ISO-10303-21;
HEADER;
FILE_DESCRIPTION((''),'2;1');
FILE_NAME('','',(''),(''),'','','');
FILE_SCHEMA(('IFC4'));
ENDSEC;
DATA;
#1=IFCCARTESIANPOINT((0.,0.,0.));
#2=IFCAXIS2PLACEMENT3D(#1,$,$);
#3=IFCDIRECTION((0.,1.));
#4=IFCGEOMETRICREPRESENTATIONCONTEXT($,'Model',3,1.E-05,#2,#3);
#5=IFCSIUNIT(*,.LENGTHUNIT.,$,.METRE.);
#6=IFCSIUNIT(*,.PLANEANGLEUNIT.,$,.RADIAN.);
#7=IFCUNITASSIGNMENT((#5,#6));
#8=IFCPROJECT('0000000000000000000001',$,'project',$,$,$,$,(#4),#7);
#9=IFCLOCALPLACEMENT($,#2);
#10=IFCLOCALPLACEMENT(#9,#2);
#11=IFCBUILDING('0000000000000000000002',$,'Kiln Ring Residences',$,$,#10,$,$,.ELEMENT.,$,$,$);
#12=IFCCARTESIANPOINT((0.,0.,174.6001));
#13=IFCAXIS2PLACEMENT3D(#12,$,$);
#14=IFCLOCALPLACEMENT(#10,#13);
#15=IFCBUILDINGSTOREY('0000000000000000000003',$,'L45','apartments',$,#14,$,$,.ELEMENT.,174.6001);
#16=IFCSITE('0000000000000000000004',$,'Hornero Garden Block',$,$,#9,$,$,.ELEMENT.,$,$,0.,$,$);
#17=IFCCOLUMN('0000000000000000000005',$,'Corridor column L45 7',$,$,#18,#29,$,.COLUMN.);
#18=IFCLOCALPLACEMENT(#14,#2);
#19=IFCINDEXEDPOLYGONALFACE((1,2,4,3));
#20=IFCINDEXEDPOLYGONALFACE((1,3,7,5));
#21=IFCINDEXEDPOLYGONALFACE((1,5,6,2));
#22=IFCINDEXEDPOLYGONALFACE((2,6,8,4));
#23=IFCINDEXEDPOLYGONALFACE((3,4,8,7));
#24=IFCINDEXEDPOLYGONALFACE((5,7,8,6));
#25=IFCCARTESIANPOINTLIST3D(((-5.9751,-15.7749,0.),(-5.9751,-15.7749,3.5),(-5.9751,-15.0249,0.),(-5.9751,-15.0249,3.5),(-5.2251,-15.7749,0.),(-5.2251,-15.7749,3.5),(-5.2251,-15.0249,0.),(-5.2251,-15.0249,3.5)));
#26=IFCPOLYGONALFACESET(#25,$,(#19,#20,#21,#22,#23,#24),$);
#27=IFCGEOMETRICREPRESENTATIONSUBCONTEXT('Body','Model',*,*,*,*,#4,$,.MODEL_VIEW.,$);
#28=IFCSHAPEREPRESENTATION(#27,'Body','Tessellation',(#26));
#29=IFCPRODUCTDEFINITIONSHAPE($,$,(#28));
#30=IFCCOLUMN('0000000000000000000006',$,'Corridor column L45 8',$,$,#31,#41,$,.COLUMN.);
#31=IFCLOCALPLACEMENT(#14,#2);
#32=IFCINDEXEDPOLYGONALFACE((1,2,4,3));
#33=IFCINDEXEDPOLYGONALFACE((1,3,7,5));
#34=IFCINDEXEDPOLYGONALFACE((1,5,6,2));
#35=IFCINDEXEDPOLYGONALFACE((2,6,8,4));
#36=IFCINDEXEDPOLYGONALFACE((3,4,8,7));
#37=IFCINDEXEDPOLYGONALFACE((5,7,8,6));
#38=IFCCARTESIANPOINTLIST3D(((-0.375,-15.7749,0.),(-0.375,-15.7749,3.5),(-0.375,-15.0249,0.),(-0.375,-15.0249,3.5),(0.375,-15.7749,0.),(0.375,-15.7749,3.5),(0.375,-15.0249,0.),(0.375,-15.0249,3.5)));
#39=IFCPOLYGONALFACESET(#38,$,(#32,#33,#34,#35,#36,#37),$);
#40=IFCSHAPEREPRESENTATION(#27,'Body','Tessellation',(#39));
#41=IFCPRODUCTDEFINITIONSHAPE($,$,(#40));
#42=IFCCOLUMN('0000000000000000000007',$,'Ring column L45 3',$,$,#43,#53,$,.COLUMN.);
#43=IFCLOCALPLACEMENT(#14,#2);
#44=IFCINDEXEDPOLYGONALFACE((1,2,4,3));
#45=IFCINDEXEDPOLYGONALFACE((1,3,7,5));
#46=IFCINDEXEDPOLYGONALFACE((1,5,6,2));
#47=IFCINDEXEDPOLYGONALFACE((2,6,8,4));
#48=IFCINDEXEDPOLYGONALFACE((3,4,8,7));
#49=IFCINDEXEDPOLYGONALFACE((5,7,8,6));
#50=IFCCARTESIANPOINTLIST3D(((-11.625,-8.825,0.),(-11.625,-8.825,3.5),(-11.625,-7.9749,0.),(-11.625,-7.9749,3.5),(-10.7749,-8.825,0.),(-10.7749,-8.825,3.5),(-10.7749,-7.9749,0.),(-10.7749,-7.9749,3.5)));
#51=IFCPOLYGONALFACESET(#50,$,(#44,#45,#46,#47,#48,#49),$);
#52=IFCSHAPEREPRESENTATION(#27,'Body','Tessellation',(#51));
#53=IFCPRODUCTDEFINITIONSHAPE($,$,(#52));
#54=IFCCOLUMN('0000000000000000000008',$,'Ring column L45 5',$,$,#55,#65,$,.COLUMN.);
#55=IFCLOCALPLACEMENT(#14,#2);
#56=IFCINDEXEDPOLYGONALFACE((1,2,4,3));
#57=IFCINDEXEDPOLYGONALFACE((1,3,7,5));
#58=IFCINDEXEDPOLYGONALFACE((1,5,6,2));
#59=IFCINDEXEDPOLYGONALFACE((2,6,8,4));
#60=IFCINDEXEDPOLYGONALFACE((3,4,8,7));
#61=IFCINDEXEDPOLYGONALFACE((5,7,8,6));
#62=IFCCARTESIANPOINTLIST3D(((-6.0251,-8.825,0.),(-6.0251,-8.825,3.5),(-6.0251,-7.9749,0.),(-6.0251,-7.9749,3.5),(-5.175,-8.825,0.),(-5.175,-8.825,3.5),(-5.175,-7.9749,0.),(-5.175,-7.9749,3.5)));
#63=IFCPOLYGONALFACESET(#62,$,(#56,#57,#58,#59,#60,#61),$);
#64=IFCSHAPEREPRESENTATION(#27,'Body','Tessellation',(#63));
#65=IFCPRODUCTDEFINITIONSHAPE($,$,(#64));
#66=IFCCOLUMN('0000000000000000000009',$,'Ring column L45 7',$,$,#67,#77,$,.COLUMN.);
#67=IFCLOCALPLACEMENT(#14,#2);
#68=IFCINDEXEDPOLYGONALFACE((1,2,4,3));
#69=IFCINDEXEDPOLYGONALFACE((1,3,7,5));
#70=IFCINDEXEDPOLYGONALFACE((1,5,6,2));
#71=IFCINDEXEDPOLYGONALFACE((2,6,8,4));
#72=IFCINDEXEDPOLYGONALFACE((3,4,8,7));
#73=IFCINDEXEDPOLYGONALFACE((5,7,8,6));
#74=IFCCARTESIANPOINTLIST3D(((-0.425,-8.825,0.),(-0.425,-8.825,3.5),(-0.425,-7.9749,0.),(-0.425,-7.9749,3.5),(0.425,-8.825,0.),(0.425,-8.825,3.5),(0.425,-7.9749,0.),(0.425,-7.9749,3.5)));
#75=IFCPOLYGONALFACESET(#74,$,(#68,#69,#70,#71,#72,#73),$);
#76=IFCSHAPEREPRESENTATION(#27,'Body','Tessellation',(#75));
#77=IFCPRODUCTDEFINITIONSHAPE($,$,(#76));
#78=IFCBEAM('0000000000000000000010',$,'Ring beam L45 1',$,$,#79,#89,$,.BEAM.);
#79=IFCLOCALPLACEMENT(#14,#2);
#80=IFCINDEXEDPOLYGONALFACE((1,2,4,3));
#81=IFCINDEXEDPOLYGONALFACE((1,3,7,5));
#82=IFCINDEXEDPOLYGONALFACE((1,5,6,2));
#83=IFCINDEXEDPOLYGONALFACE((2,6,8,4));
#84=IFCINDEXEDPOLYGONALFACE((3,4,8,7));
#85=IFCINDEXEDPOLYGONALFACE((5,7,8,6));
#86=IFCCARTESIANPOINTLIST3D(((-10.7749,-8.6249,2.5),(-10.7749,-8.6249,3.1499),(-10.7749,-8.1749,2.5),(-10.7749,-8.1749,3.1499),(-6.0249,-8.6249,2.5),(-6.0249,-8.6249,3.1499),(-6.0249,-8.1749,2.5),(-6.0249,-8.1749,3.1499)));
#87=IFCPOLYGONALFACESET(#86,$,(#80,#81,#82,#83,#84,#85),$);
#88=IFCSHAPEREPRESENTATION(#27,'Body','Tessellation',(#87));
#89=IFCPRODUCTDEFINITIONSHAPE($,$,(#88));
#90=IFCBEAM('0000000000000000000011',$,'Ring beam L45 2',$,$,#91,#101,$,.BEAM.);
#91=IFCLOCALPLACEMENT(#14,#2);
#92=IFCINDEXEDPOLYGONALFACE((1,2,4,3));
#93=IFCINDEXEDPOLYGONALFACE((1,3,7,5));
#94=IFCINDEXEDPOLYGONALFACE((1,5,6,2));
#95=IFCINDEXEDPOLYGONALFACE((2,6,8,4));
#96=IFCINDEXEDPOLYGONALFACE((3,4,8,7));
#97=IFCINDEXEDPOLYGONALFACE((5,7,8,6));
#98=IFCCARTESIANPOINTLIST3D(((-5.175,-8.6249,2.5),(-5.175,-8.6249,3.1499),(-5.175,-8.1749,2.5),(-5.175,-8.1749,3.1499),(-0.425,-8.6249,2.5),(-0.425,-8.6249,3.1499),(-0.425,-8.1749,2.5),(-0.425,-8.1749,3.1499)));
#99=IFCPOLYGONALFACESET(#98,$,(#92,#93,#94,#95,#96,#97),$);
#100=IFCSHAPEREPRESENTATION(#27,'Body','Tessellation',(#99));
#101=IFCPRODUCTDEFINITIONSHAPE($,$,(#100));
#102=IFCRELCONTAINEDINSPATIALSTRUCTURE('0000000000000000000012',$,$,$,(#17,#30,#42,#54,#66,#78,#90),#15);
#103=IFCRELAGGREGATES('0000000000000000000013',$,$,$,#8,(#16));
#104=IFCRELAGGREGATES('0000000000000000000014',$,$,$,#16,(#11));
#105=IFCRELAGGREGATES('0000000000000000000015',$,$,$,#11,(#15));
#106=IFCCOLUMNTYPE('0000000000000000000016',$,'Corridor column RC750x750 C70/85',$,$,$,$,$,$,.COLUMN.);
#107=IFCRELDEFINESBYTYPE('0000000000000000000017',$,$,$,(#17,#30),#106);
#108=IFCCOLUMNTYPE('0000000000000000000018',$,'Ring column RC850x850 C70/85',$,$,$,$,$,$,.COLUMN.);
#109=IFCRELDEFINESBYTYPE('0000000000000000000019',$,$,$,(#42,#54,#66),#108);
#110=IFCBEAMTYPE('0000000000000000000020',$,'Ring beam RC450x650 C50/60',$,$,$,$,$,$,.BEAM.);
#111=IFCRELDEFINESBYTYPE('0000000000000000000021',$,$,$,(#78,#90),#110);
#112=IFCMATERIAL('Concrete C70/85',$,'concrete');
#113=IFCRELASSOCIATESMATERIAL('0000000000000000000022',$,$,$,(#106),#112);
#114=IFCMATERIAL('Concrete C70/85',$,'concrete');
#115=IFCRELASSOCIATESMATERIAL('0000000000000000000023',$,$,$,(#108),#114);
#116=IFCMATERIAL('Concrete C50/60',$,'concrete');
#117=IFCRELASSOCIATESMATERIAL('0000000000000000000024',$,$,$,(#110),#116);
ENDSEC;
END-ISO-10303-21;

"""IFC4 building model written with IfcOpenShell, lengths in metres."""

from ifc_helpers import new_model, si_unit, direction, frame, origin, origin_2d, place, context, subcontext, project, spatial, rectangle, extrude, material, material_profile, profile_set, type_object, element, save


model = new_model("IFC4")

# Units and contexts
model_context = context("Model", 3, precision=1e-05, world=origin(), true_north=direction((0.0, 1.0)))
body_context = subcontext(model_context, "Body", "Model", "MODEL_VIEW")
ifc_project = project(units=[si_unit("LENGTHUNIT", "METRE"), si_unit("PLANEANGLEUNIT", "RADIAN")], contexts=[model_context])

# Site, building, storey
site_placement = place(None, origin())
site = spatial("IfcSite", under=ifc_project, at=site_placement, Name="Hornero Garden Block", CompositionType="ELEMENT", RefElevation=0.0)
building_placement = place(site_placement, origin())
building = spatial("IfcBuilding", under=site, at=building_placement, Name="Kiln Ring Residences", CompositionType="ELEMENT")
storey_placement = place(building_placement, frame((0.0, 0.0, 174.6001)))
storey = spatial("IfcBuildingStorey", under=building, at=storey_placement, Name="L45", Description="apartments", CompositionType="ELEMENT", Elevation=174.6001)

# Columns
ifc_material_1 = material(Name="Concrete C70/85", Category="concrete")
ifc_material_profile_1 = material_profile(ifc_material_1, rectangle(XDim=0.75, YDim=0.75, at=origin_2d()), Name="RC750x750")
ifc_profile_set_1 = profile_set([ifc_material_profile_1], Name="Concrete C70/85")
column_type_1 = type_object("IfcColumnType", Name="Corridor column RC750x750 C70/85", PredefinedType="COLUMN", material=ifc_profile_set_1)
for number, where, z_axis, x_axis, name in (
    (1, (-5.6001, -15.3999, 0.0), (0.0, 0.0, 1.0), (1.0, 0.0, 0.0), "Corridor column L45 7"),
    (2, (0.0, -15.3999, 0.0), (0.0, 0.0, 1.0), (1.0, 0.0, 0.0), "Corridor column L45 8"),
):
    element("IfcColumn", number, at=place(storey_placement, frame(where, z_axis=z_axis, x_axis=x_axis)), inside=storey, type_object=column_type_1, Name=name, PredefinedType="COLUMN", context=body_context, shape_type="SweptSolid", body=[
        extrude(rectangle(XDim=0.75, YDim=0.75, at=origin_2d()), origin(), (0.0, 0.0, 1.0), 3.5),
    ])
ifc_material_2 = material(Name="Concrete C70/85", Category="concrete")
ifc_material_profile_2 = material_profile(ifc_material_2, rectangle(XDim=0.8501, YDim=0.8501, at=origin_2d()), Name="RC850x850")
ifc_profile_set_2 = profile_set([ifc_material_profile_2], Name="Concrete C70/85")
column_type_2 = type_object("IfcColumnType", Name="Ring column RC850x850 C70/85", PredefinedType="COLUMN", material=ifc_profile_set_2)
for number, where, z_axis, x_axis, name in (
    (3, (-11.2, -8.3999, 0.0), (0.0, 0.0, 1.0), (1.0, 0.0, 0.0), "Ring column L45 3"),
    (4, (-5.6001, -8.3999, 0.0), (0.0, 0.0, 1.0), (1.0, 0.0, 0.0), "Ring column L45 5"),
    (5, (0.0, -8.3999, 0.0), (0.0, 0.0, 1.0), (1.0, 0.0, 0.0), "Ring column L45 7"),
):
    element("IfcColumn", number, at=place(storey_placement, frame(where, z_axis=z_axis, x_axis=x_axis)), inside=storey, type_object=column_type_2, Name=name, PredefinedType="COLUMN", context=body_context, shape_type="SweptSolid", body=[
        extrude(rectangle(XDim=0.8501, YDim=0.8501, at=origin_2d()), origin(), (0.0, 0.0, 1.0), 3.5),
    ])

# Beams
ifc_material_3 = material(Name="Concrete C50/60", Category="concrete")
ifc_material_profile_3 = material_profile(ifc_material_3, rectangle(XDim=0.45, YDim=0.6499, at=origin_2d()), Name="RC450x650")
ifc_profile_set_3 = profile_set([ifc_material_profile_3], Name="Concrete C50/60")
beam_type = type_object("IfcBeamType", Name="Ring beam RC450x650 C50/60", PredefinedType="BEAM", material=ifc_profile_set_3)
for number, where, z_axis, x_axis, name in (
    (6, (-10.7749, -8.3999, 2.825), (1.0, 0.0, 0.0), (0.0, 1.0, 0.0), "Ring beam L45 1"),
    (7, (-5.175, -8.3999, 2.825), (1.0, 0.0, 0.0), (0.0, 1.0, 0.0), "Ring beam L45 2"),
):
    element("IfcBeam", number, at=place(storey_placement, frame(where, z_axis=z_axis, x_axis=x_axis)), inside=storey, type_object=beam_type, Name=name, PredefinedType="BEAM", context=body_context, shape_type="SweptSolid", body=[
        extrude(rectangle(XDim=0.45, YDim=0.6499, at=origin_2d()), origin(), (0.0, 0.0, 1.0), 4.75),
    ])

save(model, "model.ifc")
